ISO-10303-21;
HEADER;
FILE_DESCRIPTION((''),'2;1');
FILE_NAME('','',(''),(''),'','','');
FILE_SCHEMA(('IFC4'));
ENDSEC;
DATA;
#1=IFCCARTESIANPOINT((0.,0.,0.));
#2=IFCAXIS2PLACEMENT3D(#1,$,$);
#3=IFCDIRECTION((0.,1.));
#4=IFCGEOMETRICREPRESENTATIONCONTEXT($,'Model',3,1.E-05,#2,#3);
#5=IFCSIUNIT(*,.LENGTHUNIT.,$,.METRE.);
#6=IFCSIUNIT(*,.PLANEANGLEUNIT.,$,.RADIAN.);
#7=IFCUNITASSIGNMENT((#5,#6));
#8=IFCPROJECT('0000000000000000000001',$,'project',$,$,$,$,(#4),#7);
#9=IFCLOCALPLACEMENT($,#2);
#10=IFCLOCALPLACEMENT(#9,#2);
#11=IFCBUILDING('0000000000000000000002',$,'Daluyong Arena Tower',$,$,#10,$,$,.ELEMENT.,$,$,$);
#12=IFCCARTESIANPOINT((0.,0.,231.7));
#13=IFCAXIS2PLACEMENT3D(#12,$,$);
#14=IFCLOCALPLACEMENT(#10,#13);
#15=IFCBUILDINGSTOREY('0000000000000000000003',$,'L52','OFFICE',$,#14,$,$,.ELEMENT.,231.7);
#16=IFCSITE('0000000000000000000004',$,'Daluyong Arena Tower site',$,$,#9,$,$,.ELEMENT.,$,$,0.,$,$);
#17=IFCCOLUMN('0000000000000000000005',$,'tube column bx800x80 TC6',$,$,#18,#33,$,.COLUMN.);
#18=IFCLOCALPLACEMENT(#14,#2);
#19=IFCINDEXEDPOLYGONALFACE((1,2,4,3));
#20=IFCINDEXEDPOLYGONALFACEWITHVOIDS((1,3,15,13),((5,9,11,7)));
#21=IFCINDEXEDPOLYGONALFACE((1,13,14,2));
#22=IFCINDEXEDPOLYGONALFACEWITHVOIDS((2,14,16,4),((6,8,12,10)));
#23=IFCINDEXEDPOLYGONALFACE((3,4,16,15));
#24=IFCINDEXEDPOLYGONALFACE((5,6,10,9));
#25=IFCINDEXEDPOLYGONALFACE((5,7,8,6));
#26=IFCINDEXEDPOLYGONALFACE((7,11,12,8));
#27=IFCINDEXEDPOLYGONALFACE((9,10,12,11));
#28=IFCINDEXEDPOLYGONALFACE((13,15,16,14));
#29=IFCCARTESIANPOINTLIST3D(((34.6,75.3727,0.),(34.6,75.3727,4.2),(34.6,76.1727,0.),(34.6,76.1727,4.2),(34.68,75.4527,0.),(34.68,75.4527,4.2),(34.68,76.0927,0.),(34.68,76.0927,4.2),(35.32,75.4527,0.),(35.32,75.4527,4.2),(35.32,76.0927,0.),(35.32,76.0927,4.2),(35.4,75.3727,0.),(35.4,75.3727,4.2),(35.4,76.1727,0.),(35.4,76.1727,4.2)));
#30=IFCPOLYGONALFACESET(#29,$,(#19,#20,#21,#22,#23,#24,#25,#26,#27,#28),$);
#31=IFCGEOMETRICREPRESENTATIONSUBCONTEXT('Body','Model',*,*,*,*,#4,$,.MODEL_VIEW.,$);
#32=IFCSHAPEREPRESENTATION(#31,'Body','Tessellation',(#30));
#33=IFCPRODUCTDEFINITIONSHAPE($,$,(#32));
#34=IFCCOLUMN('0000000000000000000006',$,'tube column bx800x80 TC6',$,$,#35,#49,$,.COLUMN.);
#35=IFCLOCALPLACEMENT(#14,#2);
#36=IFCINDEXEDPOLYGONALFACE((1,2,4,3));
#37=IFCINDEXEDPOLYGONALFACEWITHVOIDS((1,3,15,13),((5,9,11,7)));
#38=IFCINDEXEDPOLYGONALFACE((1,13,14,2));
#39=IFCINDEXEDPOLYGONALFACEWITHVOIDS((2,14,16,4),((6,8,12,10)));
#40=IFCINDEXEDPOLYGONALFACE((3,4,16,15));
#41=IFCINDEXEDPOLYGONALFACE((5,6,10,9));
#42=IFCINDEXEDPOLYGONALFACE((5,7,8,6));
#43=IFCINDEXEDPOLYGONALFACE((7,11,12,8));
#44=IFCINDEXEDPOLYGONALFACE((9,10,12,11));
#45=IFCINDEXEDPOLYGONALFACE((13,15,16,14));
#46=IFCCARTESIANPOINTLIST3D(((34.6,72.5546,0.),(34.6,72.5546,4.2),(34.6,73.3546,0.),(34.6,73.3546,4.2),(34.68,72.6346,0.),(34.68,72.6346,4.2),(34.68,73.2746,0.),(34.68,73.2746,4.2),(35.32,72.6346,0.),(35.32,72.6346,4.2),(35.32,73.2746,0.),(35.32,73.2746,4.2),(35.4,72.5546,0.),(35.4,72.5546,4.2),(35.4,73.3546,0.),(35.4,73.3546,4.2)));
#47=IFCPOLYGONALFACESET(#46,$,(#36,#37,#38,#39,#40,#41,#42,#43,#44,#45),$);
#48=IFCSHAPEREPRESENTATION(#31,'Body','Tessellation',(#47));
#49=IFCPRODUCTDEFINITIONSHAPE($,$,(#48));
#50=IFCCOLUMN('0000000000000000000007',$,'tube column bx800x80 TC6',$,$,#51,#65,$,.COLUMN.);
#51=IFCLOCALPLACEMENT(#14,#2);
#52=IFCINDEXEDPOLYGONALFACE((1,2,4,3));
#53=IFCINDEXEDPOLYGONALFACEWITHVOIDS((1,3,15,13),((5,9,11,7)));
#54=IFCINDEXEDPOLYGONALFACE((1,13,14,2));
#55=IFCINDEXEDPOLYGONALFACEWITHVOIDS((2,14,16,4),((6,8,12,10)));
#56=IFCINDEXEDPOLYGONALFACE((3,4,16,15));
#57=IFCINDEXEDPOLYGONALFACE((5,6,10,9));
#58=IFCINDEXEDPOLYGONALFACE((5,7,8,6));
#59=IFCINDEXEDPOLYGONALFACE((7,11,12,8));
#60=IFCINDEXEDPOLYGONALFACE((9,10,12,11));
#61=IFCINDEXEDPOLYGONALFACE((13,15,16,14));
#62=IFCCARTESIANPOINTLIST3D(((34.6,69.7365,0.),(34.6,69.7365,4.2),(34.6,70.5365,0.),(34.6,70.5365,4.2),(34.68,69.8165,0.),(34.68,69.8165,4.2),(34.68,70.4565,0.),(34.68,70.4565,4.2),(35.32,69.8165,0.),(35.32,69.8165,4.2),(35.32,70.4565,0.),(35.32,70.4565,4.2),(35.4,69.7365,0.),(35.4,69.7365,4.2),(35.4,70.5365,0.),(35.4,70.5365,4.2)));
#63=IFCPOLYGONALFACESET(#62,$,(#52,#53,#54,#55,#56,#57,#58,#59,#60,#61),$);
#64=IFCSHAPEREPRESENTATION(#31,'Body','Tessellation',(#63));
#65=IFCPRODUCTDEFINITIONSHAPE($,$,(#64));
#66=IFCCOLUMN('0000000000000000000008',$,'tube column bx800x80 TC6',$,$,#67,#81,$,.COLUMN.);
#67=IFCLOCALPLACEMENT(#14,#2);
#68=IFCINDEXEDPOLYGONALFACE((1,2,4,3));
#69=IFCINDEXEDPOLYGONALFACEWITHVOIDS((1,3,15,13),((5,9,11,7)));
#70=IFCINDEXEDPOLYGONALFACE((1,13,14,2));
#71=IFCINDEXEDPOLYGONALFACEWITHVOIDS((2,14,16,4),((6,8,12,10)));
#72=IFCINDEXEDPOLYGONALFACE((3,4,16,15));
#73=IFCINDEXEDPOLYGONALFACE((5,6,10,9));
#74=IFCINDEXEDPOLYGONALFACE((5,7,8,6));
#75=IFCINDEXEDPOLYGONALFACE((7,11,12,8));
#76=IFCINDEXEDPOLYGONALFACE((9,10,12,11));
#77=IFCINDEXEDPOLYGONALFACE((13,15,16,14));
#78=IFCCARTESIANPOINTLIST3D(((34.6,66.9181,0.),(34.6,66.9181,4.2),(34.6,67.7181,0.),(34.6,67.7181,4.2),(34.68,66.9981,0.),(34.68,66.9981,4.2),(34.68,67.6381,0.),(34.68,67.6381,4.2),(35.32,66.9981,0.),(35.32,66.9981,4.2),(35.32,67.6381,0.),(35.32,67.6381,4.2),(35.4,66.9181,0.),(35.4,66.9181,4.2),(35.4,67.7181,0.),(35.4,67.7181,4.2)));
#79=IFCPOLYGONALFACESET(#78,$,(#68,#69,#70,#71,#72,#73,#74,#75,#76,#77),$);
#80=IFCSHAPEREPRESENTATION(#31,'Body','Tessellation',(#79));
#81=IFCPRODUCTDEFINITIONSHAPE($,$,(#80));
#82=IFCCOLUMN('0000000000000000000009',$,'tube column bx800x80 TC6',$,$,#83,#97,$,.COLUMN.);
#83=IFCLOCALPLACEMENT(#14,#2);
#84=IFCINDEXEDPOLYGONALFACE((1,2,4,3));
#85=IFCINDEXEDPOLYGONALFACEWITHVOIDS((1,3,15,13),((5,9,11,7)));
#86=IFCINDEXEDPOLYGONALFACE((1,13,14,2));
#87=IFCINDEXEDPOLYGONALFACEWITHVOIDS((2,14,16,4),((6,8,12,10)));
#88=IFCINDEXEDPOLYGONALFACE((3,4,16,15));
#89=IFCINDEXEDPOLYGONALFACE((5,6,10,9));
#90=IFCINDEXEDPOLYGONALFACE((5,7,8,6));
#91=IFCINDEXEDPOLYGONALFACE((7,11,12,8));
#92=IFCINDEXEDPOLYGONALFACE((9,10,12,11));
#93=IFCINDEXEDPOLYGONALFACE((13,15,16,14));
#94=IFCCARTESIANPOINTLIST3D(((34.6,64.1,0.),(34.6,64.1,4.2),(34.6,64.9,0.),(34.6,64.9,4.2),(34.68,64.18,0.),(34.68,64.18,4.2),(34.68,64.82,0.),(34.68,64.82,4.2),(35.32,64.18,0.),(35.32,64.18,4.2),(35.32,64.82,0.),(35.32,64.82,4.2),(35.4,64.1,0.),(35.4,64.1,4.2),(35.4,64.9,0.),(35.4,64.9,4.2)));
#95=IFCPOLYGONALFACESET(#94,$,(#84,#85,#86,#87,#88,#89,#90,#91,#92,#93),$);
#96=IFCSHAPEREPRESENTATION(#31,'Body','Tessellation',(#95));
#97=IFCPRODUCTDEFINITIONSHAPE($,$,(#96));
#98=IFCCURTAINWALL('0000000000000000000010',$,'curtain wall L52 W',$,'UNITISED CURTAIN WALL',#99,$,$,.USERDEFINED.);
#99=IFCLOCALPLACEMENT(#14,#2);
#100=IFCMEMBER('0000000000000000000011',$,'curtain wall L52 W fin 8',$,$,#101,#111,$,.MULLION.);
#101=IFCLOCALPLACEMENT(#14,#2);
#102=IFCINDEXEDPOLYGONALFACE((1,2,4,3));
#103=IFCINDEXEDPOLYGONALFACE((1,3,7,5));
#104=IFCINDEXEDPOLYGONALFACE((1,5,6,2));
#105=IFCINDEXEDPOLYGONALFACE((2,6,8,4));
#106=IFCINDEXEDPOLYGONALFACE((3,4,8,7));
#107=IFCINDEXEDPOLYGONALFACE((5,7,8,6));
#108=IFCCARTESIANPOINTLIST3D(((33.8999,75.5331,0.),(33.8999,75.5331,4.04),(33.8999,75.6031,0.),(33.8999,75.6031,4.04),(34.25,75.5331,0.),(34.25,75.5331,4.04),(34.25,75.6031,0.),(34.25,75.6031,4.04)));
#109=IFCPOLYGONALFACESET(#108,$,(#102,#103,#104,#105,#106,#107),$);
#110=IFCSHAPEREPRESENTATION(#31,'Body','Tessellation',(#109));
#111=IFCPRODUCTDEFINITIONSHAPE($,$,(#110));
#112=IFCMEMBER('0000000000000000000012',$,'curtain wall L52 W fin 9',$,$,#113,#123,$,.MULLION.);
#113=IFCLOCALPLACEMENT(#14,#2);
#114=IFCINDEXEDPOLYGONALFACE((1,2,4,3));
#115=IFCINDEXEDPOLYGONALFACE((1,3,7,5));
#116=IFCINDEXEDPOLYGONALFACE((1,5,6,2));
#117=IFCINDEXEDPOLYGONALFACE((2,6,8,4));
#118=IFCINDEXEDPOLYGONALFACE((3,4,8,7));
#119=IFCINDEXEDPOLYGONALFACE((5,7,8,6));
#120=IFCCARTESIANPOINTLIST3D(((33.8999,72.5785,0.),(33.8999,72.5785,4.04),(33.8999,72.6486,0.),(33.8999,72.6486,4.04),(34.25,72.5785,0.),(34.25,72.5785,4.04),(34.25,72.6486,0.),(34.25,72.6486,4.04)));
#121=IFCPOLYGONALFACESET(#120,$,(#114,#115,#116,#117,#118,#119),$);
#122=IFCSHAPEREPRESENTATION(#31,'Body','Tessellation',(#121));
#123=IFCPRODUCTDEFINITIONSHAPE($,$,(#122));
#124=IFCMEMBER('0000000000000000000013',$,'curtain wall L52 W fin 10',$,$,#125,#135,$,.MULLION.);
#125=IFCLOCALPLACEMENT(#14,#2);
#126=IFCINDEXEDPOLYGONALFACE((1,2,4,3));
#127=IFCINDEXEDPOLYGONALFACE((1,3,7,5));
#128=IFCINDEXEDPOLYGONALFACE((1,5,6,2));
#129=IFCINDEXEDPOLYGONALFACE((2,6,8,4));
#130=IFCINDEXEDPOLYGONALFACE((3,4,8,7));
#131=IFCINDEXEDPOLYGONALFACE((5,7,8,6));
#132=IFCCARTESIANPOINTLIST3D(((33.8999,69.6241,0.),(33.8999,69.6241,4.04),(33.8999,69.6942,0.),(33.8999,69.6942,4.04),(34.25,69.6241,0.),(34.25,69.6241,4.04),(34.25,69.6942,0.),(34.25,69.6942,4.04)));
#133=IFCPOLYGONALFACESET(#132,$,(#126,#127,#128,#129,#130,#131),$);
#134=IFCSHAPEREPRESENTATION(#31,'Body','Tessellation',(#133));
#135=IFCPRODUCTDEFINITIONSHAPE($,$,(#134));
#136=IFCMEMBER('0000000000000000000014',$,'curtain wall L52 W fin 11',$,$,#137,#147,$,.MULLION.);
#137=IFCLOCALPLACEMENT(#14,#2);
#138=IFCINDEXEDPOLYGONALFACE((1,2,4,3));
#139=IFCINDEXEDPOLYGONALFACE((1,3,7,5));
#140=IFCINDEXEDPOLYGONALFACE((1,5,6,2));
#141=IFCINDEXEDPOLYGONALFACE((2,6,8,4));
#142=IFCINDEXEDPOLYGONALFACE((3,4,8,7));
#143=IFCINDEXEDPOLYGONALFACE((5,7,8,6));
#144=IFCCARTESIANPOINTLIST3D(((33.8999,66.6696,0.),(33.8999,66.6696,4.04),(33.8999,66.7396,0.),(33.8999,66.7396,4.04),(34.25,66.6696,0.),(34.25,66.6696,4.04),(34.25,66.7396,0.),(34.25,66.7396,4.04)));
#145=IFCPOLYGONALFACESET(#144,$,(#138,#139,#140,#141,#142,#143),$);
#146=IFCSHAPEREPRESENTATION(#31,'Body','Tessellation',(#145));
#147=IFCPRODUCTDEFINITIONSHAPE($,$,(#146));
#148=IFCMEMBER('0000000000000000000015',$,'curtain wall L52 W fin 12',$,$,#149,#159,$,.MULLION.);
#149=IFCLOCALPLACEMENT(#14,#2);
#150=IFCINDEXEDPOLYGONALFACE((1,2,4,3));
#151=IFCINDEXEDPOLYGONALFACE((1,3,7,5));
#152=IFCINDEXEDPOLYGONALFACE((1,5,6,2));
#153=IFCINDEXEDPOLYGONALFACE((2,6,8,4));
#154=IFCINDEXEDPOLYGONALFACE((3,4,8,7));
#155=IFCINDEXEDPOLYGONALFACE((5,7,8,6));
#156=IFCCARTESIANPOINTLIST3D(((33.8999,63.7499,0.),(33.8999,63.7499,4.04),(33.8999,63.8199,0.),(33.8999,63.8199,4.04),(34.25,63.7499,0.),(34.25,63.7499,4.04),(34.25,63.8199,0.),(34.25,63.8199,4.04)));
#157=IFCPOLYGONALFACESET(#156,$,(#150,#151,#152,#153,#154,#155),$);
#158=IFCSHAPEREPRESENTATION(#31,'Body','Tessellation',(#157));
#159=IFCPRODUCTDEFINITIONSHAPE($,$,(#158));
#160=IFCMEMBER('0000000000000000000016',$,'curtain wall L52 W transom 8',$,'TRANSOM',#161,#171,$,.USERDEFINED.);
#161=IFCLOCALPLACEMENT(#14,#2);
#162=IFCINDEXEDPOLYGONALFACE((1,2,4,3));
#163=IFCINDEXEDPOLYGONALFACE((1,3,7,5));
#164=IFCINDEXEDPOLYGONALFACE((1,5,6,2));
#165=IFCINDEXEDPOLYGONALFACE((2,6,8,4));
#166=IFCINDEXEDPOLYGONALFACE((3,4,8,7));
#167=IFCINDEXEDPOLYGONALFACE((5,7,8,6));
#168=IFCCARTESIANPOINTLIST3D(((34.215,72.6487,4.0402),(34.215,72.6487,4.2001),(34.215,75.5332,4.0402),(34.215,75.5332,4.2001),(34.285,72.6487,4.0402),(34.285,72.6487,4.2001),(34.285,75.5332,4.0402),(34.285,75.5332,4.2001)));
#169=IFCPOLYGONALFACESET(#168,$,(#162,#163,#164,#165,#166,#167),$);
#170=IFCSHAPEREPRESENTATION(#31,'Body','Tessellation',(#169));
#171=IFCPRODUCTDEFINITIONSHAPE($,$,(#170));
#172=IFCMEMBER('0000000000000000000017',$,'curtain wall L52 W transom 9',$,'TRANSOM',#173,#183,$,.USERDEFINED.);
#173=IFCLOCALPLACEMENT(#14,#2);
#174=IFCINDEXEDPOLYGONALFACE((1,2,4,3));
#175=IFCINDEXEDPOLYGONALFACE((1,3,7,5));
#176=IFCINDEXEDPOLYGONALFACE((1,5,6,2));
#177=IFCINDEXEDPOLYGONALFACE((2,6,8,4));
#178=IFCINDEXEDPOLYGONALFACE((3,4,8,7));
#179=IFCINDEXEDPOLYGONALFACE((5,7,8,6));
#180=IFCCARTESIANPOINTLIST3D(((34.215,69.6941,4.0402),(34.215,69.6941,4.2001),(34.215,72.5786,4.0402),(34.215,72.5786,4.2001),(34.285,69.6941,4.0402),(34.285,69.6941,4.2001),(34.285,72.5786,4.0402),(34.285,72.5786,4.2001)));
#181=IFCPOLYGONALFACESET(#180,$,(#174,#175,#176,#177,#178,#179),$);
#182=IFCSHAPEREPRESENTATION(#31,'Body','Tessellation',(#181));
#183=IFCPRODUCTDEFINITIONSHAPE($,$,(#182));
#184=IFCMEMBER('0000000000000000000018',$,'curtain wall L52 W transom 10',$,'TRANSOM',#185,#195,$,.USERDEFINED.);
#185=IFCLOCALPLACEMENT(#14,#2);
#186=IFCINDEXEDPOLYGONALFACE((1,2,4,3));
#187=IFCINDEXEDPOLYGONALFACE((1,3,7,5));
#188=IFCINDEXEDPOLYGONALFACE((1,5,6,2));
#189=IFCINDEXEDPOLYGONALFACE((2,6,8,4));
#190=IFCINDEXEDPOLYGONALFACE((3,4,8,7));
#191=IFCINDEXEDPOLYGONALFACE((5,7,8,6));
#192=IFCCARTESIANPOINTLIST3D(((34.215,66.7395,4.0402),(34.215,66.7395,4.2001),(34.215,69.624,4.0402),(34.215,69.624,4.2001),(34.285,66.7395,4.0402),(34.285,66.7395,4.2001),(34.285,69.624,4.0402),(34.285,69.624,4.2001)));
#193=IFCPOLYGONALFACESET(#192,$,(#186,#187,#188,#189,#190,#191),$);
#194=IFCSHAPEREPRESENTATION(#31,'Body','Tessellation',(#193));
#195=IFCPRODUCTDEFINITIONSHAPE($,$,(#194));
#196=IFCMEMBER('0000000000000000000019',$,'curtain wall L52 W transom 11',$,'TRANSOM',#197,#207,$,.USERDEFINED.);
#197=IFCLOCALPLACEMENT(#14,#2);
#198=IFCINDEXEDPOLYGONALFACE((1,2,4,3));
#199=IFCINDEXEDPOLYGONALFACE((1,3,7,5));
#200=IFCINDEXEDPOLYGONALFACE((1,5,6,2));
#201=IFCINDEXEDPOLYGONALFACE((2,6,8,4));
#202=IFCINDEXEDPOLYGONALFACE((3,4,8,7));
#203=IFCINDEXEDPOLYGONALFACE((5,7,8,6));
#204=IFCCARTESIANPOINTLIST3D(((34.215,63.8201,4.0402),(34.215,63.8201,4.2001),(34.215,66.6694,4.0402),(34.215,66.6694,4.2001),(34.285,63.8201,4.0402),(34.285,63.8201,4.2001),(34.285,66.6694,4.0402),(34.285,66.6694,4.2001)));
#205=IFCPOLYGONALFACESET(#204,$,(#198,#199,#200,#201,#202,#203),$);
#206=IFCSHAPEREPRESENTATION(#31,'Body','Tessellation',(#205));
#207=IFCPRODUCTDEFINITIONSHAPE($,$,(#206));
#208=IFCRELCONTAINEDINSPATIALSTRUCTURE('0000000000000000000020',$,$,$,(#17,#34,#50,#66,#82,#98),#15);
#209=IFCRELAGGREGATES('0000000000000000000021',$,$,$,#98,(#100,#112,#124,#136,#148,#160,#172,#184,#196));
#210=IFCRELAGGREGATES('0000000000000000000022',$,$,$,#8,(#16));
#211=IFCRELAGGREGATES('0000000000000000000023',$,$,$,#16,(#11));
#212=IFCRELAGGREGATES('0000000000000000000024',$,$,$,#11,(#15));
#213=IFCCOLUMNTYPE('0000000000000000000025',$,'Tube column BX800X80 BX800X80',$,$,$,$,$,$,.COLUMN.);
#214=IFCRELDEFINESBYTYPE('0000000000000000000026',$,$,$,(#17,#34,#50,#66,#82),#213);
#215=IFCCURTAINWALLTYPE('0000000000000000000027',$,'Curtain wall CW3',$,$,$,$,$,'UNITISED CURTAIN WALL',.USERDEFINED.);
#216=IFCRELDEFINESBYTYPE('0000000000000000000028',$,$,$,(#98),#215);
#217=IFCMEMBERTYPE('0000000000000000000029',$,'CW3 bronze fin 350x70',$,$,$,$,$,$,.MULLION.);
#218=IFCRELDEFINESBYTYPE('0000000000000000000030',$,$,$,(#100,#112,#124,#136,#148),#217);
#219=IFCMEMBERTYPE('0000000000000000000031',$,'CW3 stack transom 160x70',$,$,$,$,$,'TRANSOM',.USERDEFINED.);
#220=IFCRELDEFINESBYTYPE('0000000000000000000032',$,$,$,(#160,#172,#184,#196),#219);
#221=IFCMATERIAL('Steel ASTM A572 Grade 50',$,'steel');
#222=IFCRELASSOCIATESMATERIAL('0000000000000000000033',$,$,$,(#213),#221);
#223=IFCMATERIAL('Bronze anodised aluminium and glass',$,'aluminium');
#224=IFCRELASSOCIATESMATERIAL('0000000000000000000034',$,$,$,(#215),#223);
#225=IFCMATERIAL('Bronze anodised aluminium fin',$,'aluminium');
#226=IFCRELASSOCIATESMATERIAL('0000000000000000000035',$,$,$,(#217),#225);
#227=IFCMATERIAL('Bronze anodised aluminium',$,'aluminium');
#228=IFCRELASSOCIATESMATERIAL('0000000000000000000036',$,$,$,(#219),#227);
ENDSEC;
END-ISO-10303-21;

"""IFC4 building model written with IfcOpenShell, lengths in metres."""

from ifc_helpers import new_model, si_unit, direction, frame, origin, origin_2d, place, context, subcontext, project, spatial, rectangle, hollow_rectangle, extrude, material, material_profile, profile_set, type_object, element, aggregate, save


model = new_model("IFC4")

# Units and contexts
model_context = context("Model", 3, precision=1e-05, world=origin(), true_north=direction((0.0, 1.0)))
body_context = subcontext(model_context, "Body", "Model", "MODEL_VIEW")
ifc_project = project(units=[si_unit("LENGTHUNIT", "METRE"), si_unit("PLANEANGLEUNIT", "RADIAN")], contexts=[model_context])

# Site, building, storey
site_placement = place(None, origin())
site = spatial("IfcSite", under=ifc_project, at=site_placement, Name="Daluyong Arena Tower site", CompositionType="ELEMENT", RefElevation=0.0)
building_placement = place(site_placement, origin())
building = spatial("IfcBuilding", under=site, at=building_placement, Name="Daluyong Arena Tower", CompositionType="ELEMENT")
storey_placement = place(building_placement, frame((0.0, 0.0, 231.7)))
storey = spatial("IfcBuildingStorey", under=building, at=storey_placement, Name="L52", Description="OFFICE", CompositionType="ELEMENT", Elevation=231.7)

# Columns
ifc_material_1 = material(Name="Steel ASTM A572 Grade 50", Category="steel")
ifc_material_profile_1 = material_profile(ifc_material_1, hollow_rectangle(XDim=0.8, YDim=0.8, WallThickness=0.08, at=origin_2d()))
ifc_profile_set_1 = profile_set([ifc_material_profile_1], Name="Steel ASTM A572 Grade 50")
column_type = type_object("IfcColumnType", Name="Tube column BX800X80 BX800X80", PredefinedType="COLUMN", material=ifc_profile_set_1)
for number, where, z_axis, x_axis, name in (
    (1, (35.0, 75.7727, 0.0), (0.0, 0.0, 1.0), (0.0, 1.0, 0.0), "tube column bx800x80 TC6"),
    (2, (35.0, 72.9546, 0.0), (0.0, 0.0, 1.0), (0.0, 1.0, 0.0), "tube column bx800x80 TC6"),
    (3, (35.0, 70.1365, 0.0), (0.0, 0.0, 1.0), (0.0, 1.0, 0.0), "tube column bx800x80 TC6"),
    (4, (35.0, 67.3181, 0.0), (0.0, 0.0, 1.0), (0.0, 1.0, 0.0), "tube column bx800x80 TC6"),
    (5, (35.0, 64.5, 0.0), (0.0, 0.0, 1.0), (1.0, 0.0, 0.0), "tube column bx800x80 TC6"),
):
    element("IfcColumn", number, at=place(storey_placement, frame(where, z_axis=z_axis, x_axis=x_axis)), inside=storey, type_object=column_type, Name=name, PredefinedType="COLUMN", context=body_context, shape_type="SweptSolid", body=[
        extrude(hollow_rectangle(XDim=0.8, YDim=0.8, WallThickness=0.08, at=origin_2d()), origin(), (0.0, 0.0, 1.0), 4.2),
    ])

# Curtain wall, members
ifc_material_2 = material(Name="Bronze anodised aluminium and glass", Category="aluminium")
curtain_wall_type_1 = type_object("IfcCurtainWallType", Name="Curtain wall CW3", ElementType="UNITISED CURTAIN WALL", PredefinedType="USERDEFINED", material=ifc_material_2)
curtain_wall_1_placement = place(storey_placement, origin())
curtain_wall_1 = element("IfcCurtainWall", 6, at=curtain_wall_1_placement, inside=storey, type_object=curtain_wall_type_1, Name="curtain wall L52 W", ObjectType="UNITISED CURTAIN WALL", PredefinedType="USERDEFINED")
ifc_material_3 = material(Name="Bronze anodised aluminium fin", Category="aluminium")
ifc_material_profile_2 = material_profile(ifc_material_3, rectangle(XDim=0.3501, YDim=0.0701, at=origin_2d()))
ifc_profile_set_2 = profile_set([ifc_material_profile_2], Name="Bronze anodised aluminium fin")
member_type_1 = type_object("IfcMemberType", Name="CW3 bronze fin 350x70", PredefinedType="MULLION", material=ifc_profile_set_2)
member_1_placement = place(storey_placement, frame((34.075, 75.5681, 0.0), z_axis=(0.0, 0.0, 1.0), x_axis=(1.0, 0.0, 0.0)))
member_1 = element("IfcMember", 7, at=member_1_placement, type_object=member_type_1, Name="curtain wall L52 W fin 8", PredefinedType="MULLION", context=body_context, shape_type="SweptSolid", body=[
    extrude(rectangle(XDim=0.3501, YDim=0.0701, at=origin_2d()), origin(), (0.0, 0.0, 1.0), 4.04),
])
member_2_placement = place(storey_placement, frame((34.075, 72.6135, 0.0), z_axis=(0.0, 0.0, 1.0), x_axis=(1.0, 0.0, 0.0)))
member_2 = element("IfcMember", 8, at=member_2_placement, type_object=member_type_1, Name="curtain wall L52 W fin 9", PredefinedType="MULLION", context=body_context, shape_type="SweptSolid", body=[
    extrude(rectangle(XDim=0.3501, YDim=0.0701, at=origin_2d()), origin(), (0.0, 0.0, 1.0), 4.04),
])
member_3_placement = place(storey_placement, frame((34.075, 69.6592, 0.0), z_axis=(0.0, 0.0, 1.0), x_axis=(1.0, 0.0, 0.0)))
member_3 = element("IfcMember", 9, at=member_3_placement, type_object=member_type_1, Name="curtain wall L52 W fin 10", PredefinedType="MULLION", context=body_context, shape_type="SweptSolid", body=[
    extrude(rectangle(XDim=0.3501, YDim=0.0701, at=origin_2d()), origin(), (0.0, 0.0, 1.0), 4.04),
])
member_4_placement = place(storey_placement, frame((34.075, 66.7046, 0.0), z_axis=(0.0, 0.0, 1.0), x_axis=(1.0, 0.0, 0.0)))
member_4 = element("IfcMember", 10, at=member_4_placement, type_object=member_type_1, Name="curtain wall L52 W fin 11", PredefinedType="MULLION", context=body_context, shape_type="SweptSolid", body=[
    extrude(rectangle(XDim=0.3501, YDim=0.0701, at=origin_2d()), origin(), (0.0, 0.0, 1.0), 4.04),
])
member_5_placement = place(storey_placement, frame((34.075, 63.7849, 0.0), z_axis=(0.0, 0.0, 1.0), x_axis=(1.0, 0.0, 0.0)))
member_5 = element("IfcMember", 11, at=member_5_placement, type_object=member_type_1, Name="curtain wall L52 W fin 12", PredefinedType="MULLION", context=body_context, shape_type="SweptSolid", body=[
    extrude(rectangle(XDim=0.3501, YDim=0.0701, at=origin_2d()), origin(), (0.0, 0.0, 1.0), 4.04),
])
ifc_material_4 = material(Name="Bronze anodised aluminium", Category="aluminium")
ifc_material_profile_3 = material_profile(ifc_material_4, rectangle(XDim=0.0701, YDim=0.1599, at=origin_2d()))
ifc_profile_set_3 = profile_set([ifc_material_profile_3], Name="Bronze anodised aluminium")
member_type_2 = type_object("IfcMemberType", Name="CW3 stack transom 160x70", ElementType="TRANSOM", PredefinedType="USERDEFINED", material=ifc_profile_set_3)
member_6_placement = place(storey_placement, frame((34.25, 75.5332, 4.1201), z_axis=(0.0, -1.0, 0.0), x_axis=(1.0, 0.0, 0.0)))
member_6 = element("IfcMember", 12, at=member_6_placement, type_object=member_type_2, Name="curtain wall L52 W transom 8", ObjectType="TRANSOM", PredefinedType="USERDEFINED", context=body_context, shape_type="SweptSolid", body=[
    extrude(rectangle(XDim=0.0701, YDim=0.1599, at=origin_2d()), origin(), (0.0, 0.0, 1.0), 2.8845),
])
member_7_placement = place(storey_placement, frame((34.25, 72.5786, 4.1201), z_axis=(0.0, -1.0, 0.0), x_axis=(1.0, 0.0, 0.0)))
member_7 = element("IfcMember", 13, at=member_7_placement, type_object=member_type_2, Name="curtain wall L52 W transom 9", ObjectType="TRANSOM", PredefinedType="USERDEFINED", context=body_context, shape_type="SweptSolid", body=[
    extrude(rectangle(XDim=0.0701, YDim=0.1599, at=origin_2d()), origin(), (0.0, 0.0, 1.0), 2.8845),
])
member_8_placement = place(storey_placement, frame((34.25, 69.624, 4.1201), z_axis=(0.0, -1.0, 0.0), x_axis=(1.0, 0.0, 0.0)))
member_8 = element("IfcMember", 14, at=member_8_placement, type_object=member_type_2, Name="curtain wall L52 W transom 10", ObjectType="TRANSOM", PredefinedType="USERDEFINED", context=body_context, shape_type="SweptSolid", body=[
    extrude(rectangle(XDim=0.0701, YDim=0.1599, at=origin_2d()), origin(), (0.0, 0.0, 1.0), 2.8845),
])
member_9_placement = place(storey_placement, frame((34.25, 66.6694, 4.1201), z_axis=(0.0, -1.0, 0.0), x_axis=(1.0, 0.0, 0.0)))
member_9 = element("IfcMember", 15, at=member_9_placement, type_object=member_type_2, Name="curtain wall L52 W transom 11", ObjectType="TRANSOM", PredefinedType="USERDEFINED", context=body_context, shape_type="SweptSolid", body=[
    extrude(rectangle(XDim=0.0701, YDim=0.1599, at=origin_2d()), origin(), (0.0, 0.0, 1.0), 2.8494),
])

aggregate(curtain_wall_1, [member_1, member_2, member_3, member_4, member_5, member_6, member_7, member_8, member_9])

save(model, "model.ifc")
